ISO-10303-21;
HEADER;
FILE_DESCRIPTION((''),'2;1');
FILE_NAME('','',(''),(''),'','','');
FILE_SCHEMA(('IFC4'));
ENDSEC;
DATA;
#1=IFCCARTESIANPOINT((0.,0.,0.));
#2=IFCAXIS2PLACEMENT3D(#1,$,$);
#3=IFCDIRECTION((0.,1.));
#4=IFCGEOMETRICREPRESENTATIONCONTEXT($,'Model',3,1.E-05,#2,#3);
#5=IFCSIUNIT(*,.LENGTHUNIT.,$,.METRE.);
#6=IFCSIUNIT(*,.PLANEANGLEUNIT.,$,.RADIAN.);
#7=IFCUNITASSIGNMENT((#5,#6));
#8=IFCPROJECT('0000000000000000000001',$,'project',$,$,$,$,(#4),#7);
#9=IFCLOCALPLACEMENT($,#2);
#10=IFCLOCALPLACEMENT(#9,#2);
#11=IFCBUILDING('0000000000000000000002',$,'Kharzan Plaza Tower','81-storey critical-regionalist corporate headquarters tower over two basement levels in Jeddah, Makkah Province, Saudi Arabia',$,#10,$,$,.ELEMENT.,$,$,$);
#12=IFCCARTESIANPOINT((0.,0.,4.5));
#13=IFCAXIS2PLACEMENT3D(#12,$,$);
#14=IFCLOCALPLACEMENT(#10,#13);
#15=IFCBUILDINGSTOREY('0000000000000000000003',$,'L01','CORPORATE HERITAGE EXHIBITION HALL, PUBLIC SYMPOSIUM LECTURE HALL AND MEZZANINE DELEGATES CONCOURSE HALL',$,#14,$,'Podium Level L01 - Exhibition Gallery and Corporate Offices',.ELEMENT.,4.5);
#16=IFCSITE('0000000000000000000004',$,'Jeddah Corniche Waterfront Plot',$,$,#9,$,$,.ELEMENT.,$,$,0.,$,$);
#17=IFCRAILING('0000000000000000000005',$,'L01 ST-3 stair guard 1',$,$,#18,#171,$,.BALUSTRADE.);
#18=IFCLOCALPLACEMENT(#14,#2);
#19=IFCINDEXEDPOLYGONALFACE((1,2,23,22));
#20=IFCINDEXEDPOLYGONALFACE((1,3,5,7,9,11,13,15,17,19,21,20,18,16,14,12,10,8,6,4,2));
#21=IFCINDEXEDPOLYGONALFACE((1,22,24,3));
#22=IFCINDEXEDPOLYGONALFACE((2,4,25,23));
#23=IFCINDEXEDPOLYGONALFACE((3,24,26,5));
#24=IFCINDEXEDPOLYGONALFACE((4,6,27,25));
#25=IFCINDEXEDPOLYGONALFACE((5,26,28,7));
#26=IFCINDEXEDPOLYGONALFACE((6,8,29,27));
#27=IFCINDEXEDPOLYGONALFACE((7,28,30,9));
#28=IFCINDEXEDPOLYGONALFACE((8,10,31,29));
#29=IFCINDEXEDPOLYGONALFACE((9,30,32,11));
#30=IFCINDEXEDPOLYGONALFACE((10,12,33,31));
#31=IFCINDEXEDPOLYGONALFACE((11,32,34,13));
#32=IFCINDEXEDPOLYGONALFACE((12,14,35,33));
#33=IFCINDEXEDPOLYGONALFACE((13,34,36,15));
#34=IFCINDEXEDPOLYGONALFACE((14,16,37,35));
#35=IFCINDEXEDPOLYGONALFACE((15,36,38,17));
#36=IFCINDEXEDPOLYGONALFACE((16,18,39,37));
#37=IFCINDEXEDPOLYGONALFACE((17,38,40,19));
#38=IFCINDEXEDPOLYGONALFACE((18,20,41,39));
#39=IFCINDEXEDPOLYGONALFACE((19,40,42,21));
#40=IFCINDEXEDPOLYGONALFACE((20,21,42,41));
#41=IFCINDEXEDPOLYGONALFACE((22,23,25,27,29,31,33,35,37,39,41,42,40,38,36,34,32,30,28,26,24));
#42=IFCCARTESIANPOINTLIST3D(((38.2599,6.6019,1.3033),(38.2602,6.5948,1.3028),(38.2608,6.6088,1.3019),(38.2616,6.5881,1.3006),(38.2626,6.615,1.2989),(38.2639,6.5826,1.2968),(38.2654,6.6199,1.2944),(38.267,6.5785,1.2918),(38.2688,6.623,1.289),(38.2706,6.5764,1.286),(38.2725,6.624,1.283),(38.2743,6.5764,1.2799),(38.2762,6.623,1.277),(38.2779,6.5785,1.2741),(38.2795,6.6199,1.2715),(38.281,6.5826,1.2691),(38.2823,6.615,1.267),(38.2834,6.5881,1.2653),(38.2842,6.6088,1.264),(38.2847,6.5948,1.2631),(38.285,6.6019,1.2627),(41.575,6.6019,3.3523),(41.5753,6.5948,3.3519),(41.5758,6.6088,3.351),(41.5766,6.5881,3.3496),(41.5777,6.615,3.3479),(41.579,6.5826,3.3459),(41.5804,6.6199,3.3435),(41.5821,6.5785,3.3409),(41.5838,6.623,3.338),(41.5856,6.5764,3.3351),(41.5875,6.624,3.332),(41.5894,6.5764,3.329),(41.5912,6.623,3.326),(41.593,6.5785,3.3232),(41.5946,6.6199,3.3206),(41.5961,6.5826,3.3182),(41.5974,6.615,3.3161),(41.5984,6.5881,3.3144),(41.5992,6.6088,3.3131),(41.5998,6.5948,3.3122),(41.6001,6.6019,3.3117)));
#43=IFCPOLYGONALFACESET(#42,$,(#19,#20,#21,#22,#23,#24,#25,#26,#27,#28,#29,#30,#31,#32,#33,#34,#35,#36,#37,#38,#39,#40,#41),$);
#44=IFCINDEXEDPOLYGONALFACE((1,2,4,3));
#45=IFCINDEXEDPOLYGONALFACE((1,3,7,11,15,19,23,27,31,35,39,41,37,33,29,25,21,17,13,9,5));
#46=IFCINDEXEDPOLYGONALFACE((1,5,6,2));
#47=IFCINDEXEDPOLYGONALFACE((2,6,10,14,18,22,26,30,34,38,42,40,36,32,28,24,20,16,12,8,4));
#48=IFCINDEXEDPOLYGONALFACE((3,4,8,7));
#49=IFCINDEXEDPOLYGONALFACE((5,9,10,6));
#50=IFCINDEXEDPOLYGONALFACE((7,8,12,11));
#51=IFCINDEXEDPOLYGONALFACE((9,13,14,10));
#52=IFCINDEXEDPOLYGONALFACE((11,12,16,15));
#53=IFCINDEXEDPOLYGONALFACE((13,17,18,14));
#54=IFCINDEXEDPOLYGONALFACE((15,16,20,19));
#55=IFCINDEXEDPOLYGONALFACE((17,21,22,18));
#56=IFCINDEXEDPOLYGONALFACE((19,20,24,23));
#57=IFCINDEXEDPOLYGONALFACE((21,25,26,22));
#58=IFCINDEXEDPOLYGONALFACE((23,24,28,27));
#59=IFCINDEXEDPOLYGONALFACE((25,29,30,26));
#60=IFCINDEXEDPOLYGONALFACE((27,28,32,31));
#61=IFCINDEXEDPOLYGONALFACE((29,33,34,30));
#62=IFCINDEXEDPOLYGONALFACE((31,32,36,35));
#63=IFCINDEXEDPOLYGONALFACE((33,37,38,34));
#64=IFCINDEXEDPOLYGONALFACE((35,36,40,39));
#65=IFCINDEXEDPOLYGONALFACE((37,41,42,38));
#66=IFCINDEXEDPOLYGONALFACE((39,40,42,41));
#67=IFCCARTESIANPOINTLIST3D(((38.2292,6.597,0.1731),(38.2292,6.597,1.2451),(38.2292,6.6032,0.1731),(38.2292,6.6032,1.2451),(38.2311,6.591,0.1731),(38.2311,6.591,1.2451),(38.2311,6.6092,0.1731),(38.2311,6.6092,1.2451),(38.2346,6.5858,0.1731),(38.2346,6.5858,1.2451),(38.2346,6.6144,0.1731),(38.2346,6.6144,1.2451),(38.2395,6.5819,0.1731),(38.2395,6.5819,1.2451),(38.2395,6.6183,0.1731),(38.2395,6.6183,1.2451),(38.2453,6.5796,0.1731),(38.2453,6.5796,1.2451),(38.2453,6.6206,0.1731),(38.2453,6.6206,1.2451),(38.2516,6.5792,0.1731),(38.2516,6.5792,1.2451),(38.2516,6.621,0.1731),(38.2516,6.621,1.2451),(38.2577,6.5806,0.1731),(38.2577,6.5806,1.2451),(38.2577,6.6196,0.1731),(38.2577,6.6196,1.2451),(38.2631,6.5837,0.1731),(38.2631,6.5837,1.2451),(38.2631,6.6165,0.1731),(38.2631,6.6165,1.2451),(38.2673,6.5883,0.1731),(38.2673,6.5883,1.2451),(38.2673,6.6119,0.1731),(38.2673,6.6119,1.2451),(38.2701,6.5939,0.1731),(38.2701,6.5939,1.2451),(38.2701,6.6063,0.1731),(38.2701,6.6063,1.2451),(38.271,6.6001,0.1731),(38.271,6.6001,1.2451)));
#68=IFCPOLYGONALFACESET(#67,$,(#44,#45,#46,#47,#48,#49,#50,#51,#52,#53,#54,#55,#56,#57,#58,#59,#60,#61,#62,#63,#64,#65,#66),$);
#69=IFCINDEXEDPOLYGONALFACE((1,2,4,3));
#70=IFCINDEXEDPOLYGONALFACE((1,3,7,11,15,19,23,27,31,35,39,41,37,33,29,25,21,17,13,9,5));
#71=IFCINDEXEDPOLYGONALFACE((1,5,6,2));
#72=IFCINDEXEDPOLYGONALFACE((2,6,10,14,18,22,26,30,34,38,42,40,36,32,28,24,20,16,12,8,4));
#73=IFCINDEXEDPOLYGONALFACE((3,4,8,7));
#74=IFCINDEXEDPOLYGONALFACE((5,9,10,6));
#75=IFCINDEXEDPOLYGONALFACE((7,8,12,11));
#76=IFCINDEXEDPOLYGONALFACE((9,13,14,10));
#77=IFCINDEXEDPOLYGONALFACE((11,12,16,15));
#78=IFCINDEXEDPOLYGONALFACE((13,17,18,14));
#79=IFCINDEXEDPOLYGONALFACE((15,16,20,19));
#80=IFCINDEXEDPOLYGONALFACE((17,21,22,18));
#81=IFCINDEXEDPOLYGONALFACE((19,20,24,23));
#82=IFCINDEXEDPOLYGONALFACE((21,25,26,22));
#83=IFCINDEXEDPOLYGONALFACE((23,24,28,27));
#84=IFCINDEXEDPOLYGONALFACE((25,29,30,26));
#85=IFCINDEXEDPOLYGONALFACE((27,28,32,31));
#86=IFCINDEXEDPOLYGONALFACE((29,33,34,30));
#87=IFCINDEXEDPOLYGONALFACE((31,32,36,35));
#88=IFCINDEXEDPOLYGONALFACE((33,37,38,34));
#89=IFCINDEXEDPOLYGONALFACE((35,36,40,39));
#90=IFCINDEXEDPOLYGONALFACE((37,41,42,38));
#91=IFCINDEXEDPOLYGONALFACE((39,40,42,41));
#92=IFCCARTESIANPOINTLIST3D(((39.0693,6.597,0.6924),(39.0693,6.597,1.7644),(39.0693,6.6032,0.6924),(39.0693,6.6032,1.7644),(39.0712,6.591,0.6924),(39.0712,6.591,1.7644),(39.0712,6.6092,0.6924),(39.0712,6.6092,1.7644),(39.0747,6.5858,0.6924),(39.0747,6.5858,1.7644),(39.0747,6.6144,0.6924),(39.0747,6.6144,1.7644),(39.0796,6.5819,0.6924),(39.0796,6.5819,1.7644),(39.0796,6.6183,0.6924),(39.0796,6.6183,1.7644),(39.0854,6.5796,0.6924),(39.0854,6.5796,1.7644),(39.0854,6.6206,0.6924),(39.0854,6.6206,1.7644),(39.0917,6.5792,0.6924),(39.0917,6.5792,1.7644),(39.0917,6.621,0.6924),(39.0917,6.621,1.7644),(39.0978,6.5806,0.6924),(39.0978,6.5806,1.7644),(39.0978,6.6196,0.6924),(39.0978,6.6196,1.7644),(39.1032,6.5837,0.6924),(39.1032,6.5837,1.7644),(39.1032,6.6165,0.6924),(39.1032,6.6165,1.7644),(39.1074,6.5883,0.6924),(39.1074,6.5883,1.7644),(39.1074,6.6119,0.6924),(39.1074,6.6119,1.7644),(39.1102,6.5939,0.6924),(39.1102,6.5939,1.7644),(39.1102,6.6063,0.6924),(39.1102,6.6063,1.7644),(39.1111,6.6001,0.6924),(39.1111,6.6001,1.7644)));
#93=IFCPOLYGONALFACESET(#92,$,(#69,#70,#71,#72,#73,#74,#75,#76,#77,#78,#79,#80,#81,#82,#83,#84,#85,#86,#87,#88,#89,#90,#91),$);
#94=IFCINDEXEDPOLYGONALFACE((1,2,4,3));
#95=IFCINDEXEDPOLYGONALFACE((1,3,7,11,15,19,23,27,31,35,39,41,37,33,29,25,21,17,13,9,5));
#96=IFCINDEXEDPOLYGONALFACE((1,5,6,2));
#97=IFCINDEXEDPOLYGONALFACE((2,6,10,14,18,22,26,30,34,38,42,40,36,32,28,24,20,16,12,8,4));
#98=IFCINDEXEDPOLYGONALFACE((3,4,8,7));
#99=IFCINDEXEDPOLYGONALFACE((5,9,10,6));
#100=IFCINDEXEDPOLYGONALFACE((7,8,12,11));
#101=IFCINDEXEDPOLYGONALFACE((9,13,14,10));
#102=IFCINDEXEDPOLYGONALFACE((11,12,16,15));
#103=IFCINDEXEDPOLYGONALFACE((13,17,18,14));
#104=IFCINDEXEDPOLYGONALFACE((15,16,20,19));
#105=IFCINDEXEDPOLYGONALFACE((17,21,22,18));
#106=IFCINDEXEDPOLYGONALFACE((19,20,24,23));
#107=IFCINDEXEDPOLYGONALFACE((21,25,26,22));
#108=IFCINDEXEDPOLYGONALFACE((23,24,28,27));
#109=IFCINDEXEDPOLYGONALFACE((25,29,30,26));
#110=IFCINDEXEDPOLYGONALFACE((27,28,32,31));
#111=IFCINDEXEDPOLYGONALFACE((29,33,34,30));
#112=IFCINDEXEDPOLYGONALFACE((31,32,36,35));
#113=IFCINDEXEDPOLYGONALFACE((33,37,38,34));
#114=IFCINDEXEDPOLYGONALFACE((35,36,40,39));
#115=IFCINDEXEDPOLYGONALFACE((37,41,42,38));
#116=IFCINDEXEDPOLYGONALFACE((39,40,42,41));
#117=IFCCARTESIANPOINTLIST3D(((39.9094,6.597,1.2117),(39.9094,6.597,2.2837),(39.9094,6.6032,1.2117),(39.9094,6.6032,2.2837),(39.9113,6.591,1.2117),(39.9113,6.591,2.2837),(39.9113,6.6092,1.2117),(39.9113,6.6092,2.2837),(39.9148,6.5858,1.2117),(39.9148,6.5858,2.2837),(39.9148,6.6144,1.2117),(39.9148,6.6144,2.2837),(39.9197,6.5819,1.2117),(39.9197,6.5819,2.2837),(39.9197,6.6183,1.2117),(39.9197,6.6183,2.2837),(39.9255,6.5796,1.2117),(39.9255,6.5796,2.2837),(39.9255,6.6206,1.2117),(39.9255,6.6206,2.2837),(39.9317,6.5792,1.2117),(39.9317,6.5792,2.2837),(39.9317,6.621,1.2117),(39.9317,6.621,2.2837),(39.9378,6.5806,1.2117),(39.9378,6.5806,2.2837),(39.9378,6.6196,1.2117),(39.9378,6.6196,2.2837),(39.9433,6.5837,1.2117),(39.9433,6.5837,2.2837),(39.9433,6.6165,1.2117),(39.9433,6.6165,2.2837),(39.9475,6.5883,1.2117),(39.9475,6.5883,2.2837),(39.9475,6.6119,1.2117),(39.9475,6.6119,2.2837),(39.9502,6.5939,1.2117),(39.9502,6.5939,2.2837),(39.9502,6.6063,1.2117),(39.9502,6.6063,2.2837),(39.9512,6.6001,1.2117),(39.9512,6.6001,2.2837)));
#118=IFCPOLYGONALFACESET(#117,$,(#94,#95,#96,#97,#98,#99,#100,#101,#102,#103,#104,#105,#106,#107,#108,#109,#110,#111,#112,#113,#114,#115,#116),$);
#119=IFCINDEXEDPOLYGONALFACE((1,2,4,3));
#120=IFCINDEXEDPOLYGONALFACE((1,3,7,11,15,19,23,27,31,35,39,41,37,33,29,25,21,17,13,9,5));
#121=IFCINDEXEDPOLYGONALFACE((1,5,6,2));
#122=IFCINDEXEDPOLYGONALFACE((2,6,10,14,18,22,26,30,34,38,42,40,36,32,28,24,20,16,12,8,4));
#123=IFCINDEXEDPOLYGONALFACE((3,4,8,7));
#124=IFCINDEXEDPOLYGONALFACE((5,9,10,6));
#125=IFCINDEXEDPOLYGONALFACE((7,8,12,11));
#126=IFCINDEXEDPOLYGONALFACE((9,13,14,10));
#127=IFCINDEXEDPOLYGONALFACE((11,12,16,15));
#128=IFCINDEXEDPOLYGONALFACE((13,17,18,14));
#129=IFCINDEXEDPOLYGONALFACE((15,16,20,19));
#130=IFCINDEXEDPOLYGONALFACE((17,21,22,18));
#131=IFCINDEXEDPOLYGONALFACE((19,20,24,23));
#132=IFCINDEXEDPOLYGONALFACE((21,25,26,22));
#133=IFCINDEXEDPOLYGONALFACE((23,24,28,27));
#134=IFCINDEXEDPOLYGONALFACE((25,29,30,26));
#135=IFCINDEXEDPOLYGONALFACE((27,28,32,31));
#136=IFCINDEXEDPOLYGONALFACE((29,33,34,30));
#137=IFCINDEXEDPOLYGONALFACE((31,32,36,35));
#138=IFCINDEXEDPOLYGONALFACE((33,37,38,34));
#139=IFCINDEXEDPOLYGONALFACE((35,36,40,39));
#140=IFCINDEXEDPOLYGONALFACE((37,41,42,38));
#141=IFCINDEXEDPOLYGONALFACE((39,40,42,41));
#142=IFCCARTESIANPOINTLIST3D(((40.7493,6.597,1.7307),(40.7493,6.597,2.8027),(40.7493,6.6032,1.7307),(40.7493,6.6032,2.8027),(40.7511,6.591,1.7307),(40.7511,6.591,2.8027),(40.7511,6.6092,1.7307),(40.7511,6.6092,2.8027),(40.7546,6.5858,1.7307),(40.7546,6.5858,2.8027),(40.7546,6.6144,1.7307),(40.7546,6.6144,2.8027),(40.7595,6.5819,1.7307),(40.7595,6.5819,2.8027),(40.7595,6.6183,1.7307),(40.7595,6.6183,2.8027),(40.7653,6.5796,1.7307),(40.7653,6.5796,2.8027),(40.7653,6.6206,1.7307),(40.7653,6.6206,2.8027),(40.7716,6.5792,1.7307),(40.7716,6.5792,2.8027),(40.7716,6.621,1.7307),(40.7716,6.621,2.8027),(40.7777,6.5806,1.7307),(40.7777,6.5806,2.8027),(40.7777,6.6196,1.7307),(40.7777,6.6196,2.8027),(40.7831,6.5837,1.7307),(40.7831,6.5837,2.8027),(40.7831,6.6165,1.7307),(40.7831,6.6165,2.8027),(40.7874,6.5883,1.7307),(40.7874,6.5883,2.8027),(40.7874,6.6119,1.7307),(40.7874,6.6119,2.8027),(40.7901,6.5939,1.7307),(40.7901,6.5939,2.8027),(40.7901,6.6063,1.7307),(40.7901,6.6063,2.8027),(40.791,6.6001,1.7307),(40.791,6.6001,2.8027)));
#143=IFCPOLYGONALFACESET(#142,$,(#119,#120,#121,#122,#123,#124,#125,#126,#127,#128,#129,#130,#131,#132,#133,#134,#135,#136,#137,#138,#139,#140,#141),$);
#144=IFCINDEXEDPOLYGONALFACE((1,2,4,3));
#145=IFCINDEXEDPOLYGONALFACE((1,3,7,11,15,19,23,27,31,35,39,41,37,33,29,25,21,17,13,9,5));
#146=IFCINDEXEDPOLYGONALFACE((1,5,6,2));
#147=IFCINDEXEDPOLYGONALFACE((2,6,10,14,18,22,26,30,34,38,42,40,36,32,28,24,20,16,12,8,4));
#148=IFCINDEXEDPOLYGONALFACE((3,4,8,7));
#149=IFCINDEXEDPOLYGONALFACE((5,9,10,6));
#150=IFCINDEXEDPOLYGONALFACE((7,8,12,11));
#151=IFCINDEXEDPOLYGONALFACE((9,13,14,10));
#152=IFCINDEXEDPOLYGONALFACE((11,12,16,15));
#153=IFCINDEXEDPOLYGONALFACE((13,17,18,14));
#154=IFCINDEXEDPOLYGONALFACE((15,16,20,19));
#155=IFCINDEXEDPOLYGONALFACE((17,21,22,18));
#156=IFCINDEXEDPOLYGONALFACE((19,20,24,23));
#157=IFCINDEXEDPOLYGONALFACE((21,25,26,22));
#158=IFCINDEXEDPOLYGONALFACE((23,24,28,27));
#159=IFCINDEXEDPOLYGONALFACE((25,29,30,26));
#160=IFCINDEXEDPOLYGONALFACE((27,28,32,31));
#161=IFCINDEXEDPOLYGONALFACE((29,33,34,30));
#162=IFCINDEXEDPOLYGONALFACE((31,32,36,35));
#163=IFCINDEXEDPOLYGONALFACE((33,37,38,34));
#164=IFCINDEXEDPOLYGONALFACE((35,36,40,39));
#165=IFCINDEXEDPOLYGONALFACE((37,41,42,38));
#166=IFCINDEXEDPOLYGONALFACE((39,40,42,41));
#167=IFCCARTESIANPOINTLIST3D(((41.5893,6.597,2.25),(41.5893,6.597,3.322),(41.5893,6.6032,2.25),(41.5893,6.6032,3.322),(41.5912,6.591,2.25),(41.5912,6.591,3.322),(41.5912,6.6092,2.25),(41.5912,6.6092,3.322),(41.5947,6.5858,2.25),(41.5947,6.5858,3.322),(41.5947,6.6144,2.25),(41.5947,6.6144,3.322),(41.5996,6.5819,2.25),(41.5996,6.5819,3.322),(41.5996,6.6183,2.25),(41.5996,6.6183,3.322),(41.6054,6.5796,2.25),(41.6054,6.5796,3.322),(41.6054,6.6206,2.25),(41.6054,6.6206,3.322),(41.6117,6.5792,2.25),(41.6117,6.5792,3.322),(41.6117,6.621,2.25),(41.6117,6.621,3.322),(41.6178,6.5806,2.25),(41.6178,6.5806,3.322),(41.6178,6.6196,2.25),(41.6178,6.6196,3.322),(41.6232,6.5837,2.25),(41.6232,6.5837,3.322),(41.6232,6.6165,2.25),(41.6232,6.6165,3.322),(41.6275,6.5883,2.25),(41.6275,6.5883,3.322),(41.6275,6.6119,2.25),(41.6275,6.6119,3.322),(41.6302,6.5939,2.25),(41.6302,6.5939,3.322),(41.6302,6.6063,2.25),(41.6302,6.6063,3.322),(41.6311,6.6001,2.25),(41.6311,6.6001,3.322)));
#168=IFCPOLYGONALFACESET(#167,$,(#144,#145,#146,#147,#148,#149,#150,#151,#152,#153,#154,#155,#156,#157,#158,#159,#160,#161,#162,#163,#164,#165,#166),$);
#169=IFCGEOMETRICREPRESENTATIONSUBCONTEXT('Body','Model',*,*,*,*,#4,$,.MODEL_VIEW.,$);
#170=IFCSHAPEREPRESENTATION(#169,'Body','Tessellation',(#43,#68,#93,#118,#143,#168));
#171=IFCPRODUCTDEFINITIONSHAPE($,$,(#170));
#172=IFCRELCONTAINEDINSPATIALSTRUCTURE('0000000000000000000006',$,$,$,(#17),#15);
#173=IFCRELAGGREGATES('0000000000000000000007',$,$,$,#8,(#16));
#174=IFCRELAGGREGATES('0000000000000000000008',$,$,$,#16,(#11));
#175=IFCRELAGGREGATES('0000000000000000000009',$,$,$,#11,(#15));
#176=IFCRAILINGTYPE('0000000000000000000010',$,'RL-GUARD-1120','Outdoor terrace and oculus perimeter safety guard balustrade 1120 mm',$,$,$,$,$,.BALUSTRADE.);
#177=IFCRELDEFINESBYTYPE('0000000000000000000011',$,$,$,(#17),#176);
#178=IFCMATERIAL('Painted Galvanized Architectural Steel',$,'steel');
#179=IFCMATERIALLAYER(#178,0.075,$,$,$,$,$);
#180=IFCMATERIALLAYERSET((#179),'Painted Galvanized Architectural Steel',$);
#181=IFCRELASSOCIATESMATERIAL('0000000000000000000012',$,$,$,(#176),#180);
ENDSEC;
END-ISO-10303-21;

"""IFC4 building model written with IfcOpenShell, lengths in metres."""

from ifc_helpers import new_model, si_unit, direction, frame, origin, origin_2d, place, context, subcontext, project, spatial, circle, extrude, source, transform, mapped, material, layer, layer_set, type_object, element, save


model = new_model("IFC4")

# Units and contexts
model_context = context("Model", 3, precision=1e-05, world=origin(), true_north=direction((0.0, 1.0)))
body_context = subcontext(model_context, "Body", "Model", "MODEL_VIEW")
ifc_project = project(units=[si_unit("LENGTHUNIT", "METRE"), si_unit("PLANEANGLEUNIT", "RADIAN")], contexts=[model_context])

# Site, building, storey
site_placement = place(None, origin())
site = spatial("IfcSite", under=ifc_project, at=site_placement, Name="Jeddah Corniche Waterfront Plot", CompositionType="ELEMENT", RefElevation=0.0)
building_placement = place(site_placement, origin())
building = spatial("IfcBuilding", under=site, at=building_placement, Name="Kharzan Plaza Tower", Description="81-storey critical-regionalist corporate headquarters tower over two basement levels in Jeddah, Makkah Province, Saudi Arabia", CompositionType="ELEMENT")
storey_placement = place(building_placement, frame((0.0, 0.0, 4.5)))
storey = spatial("IfcBuildingStorey", under=building, at=storey_placement, Name="L01", Description="CORPORATE HERITAGE EXHIBITION HALL, PUBLIC SYMPOSIUM LECTURE HALL AND MEZZANINE DELEGATES CONCOURSE HALL", LongName="Podium Level L01 - Exhibition Gallery and Corporate Offices", CompositionType="ELEMENT", Elevation=4.5)

# Railing
ifc_material_1 = material(Name="Painted Galvanized Architectural Steel", Category="steel")
ifc_layer_1 = layer(ifc_material_1, 0.075)
ifc_layer_set_1 = layer_set([ifc_layer_1], Name="Painted Galvanized Architectural Steel")
railing_type_1 = type_object("IfcRailingType", Name="RL-GUARD-1120", Description="Outdoor terrace and oculus perimeter safety guard balustrade 1120 mm", PredefinedType="BALUSTRADE", material=ifc_layer_set_1)
shared_shape_1 = source(origin(), body_context, "Body", "SweptSolid", [
    extrude(circle(Radius=0.0239, at=origin_2d()), frame((0.0225, 0.0, 1.1099), z_axis=(0.850623, 0.0, 0.525776), x_axis=(0.0, 1.0, 0.0)), (0.0, 0.0, 1.0), 3.8972),
    extrude(circle(Radius=0.021, at=origin_2d()), origin(), (0.0, 0.0, 1.0), 1.072),
    extrude(circle(Radius=0.021, at=origin_2d()), frame((0.8401, 0.0, 0.5193)), (0.0, 0.0, 1.0), 1.072),
    extrude(circle(Radius=0.021, at=origin_2d()), frame((1.6802, 0.0, 1.0386)), (0.0, 0.0, 1.0), 1.072),
    extrude(circle(Radius=0.021, at=origin_2d()), frame((2.52, 0.0, 1.5576)), (0.0, 0.0, 1.0), 1.072),
    extrude(circle(Radius=0.021, at=origin_2d()), frame((3.3601, 0.0, 2.0769)), (0.0, 0.0, 1.0), 1.072),
])
railing_1_placement = place(storey_placement, frame((38.25, 6.6001, 0.1731)))
element("IfcRailing", 1, at=railing_1_placement, inside=storey, type_object=railing_type_1, Name="L01 ST-3 stair guard 1", PredefinedType="BALUSTRADE", context=body_context, shape_type="MappedRepresentation", body=[
    mapped(shared_shape_1, transform((0.0, 0.0, 0.0), x_axis=(1.0, 0.0, 0.0), y_axis=(0.0, 1.0, 0.0), z_axis=(0.0, 0.0, 1.0))),
])

save(model, "model.ifc")
